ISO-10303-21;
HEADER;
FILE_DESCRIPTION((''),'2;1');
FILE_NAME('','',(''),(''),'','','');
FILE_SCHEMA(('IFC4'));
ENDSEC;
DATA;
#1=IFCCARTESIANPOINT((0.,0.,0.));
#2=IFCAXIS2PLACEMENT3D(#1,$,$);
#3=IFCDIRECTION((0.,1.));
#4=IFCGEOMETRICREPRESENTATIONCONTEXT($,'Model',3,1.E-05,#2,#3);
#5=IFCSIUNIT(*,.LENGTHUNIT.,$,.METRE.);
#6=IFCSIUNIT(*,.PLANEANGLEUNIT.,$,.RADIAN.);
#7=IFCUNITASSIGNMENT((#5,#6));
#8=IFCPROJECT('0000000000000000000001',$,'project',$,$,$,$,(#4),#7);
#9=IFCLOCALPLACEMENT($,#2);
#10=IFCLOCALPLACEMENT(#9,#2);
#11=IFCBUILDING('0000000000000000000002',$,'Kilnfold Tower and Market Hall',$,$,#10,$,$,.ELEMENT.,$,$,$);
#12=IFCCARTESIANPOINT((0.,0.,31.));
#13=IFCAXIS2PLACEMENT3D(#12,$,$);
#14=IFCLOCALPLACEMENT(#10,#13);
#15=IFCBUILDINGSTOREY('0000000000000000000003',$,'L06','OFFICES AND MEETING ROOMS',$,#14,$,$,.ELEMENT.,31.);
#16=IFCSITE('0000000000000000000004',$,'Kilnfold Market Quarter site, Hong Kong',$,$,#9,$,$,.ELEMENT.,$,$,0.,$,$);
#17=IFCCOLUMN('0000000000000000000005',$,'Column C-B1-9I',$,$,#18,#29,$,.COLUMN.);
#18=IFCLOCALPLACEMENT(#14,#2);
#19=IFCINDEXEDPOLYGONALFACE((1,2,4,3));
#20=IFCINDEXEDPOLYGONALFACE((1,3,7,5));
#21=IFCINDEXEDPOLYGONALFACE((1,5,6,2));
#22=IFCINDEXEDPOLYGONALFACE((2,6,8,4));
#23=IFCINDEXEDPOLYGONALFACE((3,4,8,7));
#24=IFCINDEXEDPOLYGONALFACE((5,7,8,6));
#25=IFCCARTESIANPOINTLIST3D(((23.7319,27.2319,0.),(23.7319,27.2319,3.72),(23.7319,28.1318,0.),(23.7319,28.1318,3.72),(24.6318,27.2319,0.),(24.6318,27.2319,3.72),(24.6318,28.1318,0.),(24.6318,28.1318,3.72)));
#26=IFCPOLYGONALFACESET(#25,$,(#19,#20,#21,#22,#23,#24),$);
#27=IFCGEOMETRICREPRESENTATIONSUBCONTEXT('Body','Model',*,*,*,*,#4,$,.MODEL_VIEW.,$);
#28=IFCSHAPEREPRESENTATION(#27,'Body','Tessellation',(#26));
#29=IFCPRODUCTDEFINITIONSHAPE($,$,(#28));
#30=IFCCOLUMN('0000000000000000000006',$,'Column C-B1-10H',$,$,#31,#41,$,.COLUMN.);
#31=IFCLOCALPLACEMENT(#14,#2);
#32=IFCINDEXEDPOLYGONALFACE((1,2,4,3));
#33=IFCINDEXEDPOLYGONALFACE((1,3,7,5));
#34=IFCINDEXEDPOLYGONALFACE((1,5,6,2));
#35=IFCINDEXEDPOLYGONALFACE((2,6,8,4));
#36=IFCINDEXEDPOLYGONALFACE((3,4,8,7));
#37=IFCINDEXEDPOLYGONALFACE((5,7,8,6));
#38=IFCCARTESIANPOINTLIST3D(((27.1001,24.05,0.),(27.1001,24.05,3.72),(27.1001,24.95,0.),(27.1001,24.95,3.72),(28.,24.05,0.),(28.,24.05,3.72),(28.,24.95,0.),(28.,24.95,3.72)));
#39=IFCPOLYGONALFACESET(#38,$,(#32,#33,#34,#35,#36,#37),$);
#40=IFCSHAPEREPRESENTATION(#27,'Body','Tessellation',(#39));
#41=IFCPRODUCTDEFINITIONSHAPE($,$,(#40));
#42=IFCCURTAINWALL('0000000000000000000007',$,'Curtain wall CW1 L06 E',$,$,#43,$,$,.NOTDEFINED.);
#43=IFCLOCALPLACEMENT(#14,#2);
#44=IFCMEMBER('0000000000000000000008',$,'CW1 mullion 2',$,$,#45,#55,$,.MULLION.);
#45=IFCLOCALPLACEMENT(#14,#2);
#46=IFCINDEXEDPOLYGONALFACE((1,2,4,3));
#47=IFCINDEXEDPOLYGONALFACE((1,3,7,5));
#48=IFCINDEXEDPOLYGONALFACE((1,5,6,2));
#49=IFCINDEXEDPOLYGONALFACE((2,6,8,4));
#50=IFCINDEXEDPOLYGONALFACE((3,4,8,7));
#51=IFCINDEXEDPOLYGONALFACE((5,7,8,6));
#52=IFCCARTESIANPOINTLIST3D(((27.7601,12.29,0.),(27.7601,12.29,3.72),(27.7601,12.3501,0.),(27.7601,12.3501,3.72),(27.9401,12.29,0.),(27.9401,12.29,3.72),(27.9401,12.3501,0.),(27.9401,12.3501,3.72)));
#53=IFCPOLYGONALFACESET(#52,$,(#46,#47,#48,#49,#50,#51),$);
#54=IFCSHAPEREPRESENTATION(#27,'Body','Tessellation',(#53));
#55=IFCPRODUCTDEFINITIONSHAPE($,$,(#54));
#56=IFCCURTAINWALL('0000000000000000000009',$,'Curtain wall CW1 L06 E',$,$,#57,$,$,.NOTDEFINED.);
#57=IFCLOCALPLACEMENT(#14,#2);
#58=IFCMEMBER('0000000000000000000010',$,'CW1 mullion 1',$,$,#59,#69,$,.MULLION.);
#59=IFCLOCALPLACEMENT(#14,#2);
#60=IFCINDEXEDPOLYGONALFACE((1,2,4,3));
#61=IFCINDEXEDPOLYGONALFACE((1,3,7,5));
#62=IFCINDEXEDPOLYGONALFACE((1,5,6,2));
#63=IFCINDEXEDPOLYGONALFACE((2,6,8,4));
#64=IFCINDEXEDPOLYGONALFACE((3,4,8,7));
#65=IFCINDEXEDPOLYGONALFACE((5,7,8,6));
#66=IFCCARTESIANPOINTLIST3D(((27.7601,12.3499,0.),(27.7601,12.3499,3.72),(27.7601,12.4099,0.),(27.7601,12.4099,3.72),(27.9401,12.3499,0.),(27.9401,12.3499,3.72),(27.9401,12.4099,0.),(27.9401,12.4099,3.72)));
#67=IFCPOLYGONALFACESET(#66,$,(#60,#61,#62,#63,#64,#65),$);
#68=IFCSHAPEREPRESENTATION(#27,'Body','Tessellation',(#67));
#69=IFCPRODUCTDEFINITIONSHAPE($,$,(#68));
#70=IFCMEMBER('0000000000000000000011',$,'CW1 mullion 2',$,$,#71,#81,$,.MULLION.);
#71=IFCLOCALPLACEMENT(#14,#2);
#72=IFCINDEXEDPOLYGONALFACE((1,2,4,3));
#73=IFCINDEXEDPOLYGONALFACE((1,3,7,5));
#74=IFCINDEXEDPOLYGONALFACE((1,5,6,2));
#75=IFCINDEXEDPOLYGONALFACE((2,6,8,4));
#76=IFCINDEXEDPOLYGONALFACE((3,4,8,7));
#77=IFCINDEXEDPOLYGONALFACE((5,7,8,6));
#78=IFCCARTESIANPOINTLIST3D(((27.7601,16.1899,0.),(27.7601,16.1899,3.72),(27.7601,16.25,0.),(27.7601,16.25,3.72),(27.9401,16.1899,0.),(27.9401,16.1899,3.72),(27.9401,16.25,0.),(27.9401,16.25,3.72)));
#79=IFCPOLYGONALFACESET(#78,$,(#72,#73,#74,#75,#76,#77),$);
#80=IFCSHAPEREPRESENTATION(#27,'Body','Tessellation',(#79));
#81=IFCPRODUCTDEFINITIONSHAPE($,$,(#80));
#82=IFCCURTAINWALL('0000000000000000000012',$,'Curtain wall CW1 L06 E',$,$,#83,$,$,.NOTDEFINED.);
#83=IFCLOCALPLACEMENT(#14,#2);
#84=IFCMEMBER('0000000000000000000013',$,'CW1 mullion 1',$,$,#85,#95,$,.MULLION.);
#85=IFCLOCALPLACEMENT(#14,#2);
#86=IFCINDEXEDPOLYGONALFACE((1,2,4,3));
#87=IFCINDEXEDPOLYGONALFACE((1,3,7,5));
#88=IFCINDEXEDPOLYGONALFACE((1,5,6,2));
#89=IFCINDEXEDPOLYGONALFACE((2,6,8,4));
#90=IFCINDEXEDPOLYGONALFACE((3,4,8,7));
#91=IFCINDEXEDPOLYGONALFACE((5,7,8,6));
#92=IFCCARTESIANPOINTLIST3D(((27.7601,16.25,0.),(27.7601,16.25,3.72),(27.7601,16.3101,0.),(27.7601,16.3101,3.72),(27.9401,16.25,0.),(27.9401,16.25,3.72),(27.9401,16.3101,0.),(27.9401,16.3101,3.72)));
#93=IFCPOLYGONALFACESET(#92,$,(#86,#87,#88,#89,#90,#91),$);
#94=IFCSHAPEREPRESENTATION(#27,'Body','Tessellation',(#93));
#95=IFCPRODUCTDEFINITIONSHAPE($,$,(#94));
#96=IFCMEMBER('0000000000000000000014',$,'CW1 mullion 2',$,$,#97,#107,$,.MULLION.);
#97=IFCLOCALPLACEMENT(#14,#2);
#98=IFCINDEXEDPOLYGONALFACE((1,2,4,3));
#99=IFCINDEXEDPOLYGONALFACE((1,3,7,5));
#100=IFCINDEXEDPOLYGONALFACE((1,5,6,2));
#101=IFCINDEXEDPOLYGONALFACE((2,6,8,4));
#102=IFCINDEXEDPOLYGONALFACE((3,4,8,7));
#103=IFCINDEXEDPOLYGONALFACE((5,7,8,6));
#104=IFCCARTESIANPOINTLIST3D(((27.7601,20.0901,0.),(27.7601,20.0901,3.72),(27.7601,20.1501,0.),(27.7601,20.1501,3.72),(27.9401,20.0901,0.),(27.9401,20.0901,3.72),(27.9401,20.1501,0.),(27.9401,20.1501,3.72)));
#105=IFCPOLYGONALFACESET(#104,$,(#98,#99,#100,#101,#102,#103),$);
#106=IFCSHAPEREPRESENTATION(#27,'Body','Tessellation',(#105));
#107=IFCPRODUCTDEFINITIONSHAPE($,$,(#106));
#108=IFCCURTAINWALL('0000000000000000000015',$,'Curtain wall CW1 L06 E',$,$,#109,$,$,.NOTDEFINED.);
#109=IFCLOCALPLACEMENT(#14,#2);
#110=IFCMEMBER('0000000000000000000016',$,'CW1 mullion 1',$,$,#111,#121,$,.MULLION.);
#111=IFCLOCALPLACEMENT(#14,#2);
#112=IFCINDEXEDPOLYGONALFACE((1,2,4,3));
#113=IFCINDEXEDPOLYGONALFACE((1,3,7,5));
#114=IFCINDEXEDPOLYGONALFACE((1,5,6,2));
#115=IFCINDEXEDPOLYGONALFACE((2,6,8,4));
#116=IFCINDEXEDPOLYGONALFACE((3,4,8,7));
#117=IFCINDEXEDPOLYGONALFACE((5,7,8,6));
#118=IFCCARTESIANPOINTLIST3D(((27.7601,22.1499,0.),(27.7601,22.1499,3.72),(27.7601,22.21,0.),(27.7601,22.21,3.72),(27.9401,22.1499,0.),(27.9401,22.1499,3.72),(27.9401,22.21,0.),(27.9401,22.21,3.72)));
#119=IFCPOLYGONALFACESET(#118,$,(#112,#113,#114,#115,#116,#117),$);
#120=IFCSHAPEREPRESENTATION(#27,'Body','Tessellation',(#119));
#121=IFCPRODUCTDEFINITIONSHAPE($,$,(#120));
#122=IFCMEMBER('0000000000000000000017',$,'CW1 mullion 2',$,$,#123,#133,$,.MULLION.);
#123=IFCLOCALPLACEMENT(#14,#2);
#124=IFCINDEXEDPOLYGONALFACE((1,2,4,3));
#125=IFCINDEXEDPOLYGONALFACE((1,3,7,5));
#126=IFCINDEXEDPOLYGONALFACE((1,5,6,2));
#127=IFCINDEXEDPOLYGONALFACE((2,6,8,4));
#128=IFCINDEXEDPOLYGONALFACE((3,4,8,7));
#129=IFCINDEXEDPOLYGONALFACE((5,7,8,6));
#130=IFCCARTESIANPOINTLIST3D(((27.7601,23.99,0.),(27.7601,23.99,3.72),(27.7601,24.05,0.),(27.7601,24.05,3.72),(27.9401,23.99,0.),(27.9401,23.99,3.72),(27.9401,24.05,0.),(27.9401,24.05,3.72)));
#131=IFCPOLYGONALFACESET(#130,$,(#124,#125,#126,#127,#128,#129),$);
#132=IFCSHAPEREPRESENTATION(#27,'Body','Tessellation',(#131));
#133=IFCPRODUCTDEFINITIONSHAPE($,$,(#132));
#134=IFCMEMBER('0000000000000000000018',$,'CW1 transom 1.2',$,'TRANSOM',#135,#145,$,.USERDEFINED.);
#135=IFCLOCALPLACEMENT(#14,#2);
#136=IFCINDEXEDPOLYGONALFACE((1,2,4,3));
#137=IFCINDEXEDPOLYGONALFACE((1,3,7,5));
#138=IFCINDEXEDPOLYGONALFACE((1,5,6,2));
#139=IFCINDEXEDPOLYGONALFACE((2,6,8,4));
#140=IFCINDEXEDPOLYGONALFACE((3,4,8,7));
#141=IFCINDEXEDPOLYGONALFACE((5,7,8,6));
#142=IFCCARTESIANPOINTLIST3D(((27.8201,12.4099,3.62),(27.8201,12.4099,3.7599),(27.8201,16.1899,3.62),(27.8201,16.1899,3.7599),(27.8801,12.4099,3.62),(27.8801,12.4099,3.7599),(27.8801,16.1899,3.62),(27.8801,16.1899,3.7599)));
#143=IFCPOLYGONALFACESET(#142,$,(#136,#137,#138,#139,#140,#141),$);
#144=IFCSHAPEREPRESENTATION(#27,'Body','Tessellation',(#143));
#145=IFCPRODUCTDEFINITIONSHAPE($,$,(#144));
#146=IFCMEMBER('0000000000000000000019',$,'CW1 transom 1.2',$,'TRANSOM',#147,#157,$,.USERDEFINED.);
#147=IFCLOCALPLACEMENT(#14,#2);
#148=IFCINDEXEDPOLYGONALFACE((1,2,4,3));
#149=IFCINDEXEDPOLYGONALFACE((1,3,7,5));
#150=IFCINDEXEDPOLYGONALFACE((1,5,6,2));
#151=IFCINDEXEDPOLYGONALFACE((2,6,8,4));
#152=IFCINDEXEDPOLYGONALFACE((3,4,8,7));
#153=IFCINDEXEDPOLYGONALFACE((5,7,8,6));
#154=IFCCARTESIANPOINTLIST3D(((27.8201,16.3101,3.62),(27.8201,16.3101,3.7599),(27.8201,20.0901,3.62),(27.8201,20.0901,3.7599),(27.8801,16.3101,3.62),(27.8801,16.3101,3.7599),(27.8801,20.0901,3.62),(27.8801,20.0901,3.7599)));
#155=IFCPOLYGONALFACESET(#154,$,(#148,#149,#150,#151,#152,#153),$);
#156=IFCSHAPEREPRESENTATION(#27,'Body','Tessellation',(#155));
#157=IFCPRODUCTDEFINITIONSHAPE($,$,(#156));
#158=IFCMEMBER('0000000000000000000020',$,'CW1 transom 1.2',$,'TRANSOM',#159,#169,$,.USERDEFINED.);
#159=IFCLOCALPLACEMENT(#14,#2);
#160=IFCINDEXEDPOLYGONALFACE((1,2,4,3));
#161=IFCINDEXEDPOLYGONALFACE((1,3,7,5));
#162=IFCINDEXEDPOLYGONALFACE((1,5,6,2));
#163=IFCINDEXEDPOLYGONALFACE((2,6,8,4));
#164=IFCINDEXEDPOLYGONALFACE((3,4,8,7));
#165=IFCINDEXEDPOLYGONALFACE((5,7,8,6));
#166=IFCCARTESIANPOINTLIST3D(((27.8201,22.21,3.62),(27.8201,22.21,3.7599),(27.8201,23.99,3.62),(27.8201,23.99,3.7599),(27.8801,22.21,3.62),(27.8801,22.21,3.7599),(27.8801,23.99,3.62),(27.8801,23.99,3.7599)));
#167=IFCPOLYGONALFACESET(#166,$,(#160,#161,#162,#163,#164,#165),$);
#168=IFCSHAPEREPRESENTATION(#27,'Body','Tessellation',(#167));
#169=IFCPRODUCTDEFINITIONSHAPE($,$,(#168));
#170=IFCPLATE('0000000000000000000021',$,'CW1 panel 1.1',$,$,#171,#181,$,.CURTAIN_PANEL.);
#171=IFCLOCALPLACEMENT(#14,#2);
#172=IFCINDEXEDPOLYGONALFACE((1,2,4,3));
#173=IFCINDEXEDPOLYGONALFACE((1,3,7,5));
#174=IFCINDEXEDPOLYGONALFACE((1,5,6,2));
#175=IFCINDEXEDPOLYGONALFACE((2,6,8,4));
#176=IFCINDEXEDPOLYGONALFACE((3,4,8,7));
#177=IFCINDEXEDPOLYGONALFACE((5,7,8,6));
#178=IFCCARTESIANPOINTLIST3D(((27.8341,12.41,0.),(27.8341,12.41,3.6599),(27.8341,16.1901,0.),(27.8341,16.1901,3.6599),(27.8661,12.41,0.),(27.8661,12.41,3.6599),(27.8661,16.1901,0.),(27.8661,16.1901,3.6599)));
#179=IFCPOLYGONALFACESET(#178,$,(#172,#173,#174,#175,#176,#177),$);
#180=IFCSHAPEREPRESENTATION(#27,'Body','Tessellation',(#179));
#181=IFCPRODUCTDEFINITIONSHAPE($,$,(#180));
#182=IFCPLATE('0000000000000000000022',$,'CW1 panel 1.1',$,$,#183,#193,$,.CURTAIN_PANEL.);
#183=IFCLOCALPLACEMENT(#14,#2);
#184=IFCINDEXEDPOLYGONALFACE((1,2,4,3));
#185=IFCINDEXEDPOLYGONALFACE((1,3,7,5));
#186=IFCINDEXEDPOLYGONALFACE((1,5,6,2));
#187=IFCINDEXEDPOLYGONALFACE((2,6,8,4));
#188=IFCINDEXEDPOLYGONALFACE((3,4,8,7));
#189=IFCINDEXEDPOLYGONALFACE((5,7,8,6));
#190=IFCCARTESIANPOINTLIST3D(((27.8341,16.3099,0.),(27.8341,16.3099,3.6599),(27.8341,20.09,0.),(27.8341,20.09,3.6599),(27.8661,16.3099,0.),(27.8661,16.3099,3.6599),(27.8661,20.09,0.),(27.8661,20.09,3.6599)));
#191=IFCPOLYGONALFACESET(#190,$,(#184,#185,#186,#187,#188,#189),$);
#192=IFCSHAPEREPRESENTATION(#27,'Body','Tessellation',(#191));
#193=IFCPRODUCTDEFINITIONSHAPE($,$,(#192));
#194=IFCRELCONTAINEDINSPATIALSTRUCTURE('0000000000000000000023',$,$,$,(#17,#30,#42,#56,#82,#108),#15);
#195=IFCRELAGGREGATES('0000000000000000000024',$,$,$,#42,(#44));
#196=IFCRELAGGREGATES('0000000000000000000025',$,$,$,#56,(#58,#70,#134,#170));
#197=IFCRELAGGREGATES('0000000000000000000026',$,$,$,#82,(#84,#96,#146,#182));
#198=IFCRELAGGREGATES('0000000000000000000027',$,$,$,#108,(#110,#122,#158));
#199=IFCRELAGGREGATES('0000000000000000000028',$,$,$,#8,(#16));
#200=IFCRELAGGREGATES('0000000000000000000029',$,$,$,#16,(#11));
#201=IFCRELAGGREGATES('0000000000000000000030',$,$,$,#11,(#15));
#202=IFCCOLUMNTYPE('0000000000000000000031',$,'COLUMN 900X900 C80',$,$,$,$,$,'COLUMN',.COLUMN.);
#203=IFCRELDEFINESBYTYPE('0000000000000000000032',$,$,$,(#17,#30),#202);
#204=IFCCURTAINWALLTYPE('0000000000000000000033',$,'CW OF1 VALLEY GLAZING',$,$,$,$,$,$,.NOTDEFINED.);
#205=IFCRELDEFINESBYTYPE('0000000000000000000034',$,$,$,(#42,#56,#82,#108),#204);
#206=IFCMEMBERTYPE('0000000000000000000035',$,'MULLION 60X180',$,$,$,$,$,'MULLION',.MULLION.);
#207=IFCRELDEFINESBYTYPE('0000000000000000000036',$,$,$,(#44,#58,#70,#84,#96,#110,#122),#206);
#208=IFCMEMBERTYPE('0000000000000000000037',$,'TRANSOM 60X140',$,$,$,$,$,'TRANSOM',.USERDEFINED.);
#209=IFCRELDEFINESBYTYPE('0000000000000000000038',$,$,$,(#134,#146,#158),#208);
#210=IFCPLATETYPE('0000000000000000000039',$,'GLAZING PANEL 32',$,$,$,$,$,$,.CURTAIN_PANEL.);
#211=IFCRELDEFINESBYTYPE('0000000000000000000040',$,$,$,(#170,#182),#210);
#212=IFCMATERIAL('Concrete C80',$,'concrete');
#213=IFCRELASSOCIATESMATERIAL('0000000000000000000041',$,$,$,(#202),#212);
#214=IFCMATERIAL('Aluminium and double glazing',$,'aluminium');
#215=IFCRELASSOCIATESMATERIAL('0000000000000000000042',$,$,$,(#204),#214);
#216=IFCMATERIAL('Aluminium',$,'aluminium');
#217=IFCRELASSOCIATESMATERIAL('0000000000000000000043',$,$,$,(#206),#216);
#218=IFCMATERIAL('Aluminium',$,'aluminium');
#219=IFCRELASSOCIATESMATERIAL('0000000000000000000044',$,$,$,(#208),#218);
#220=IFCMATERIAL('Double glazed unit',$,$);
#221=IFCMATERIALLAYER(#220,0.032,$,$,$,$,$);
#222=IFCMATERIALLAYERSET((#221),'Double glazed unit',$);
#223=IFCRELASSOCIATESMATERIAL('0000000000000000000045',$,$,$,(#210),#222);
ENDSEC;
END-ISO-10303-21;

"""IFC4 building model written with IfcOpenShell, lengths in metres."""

from ifc_helpers import new_model, si_unit, direction, frame, origin, origin_2d, place, context, subcontext, project, spatial, rectangle, extrude, source, transform, mapped, material, layer, layer_set, material_profile, profile_set, type_object, element, aggregate, save


model = new_model("IFC4")

# Units and contexts
model_context = context("Model", 3, precision=1e-05, world=origin(), true_north=direction((0.0, 1.0)))
body_context = subcontext(model_context, "Body", "Model", "MODEL_VIEW")
ifc_project = project(units=[si_unit("LENGTHUNIT", "METRE"), si_unit("PLANEANGLEUNIT", "RADIAN")], contexts=[model_context])

# Site, building, storey
site_placement = place(None, origin())
site = spatial("IfcSite", under=ifc_project, at=site_placement, Name="Kilnfold Market Quarter site, Hong Kong", CompositionType="ELEMENT", RefElevation=0.0)
building_placement = place(site_placement, origin())
building = spatial("IfcBuilding", under=site, at=building_placement, Name="Kilnfold Tower and Market Hall", CompositionType="ELEMENT")
storey_placement = place(building_placement, frame((0.0, 0.0, 31.0)))
storey = spatial("IfcBuildingStorey", under=building, at=storey_placement, Name="L06", Description="OFFICES AND MEETING ROOMS", CompositionType="ELEMENT", Elevation=31.0)

# Columns
ifc_material_1 = material(Name="Concrete C80", Category="concrete")
ifc_material_profile_1 = material_profile(ifc_material_1, rectangle(XDim=0.8999, YDim=0.8999, at=origin_2d()), Name="RC 900x900")
ifc_profile_set_1 = profile_set([ifc_material_profile_1], Name="Concrete C80")
column_type = type_object("IfcColumnType", Name="COLUMN 900X900 C80", ElementType="COLUMN", PredefinedType="COLUMN", material=ifc_profile_set_1)
shared_shape_1 = source(origin(), body_context, "Body", "SweptSolid", [
    extrude(rectangle(XDim=0.8999, YDim=0.8999, at=origin_2d()), origin(), (0.0, 0.0, 1.0), 3.72),
])
for number, where, z_axis, x_axis, name in (
    (1, (24.1819, 27.6819, 0.0), (0.0, 0.0, 1.0), (1.0, 0.0, 0.0), "Column C-B1-9I"),
    (2, (27.55, 24.5, 0.0), (0.0, 0.0, 1.0), (1.0, 0.0, 0.0), "Column C-B1-10H"),
):
    element("IfcColumn", number, at=place(storey_placement, frame(where, z_axis=z_axis, x_axis=x_axis)), inside=storey, type_object=column_type, Name=name, PredefinedType="COLUMN", context=body_context, shape_type="MappedRepresentation", body=[
        mapped(shared_shape_1, transform((0.0, 0.0, 0.0))),
    ])

# Curtain wall, member
ifc_material_2 = material(Name="Aluminium and double glazing", Category="aluminium")
curtain_wall_type = type_object("IfcCurtainWallType", Name="CW OF1 VALLEY GLAZING", PredefinedType="NOTDEFINED", material=ifc_material_2)
curtain_wall_1_placement = place(storey_placement, origin())
curtain_wall_1 = element("IfcCurtainWall", 3, at=curtain_wall_1_placement, inside=storey, type_object=curtain_wall_type, Name="Curtain wall CW1 L06 E", PredefinedType="NOTDEFINED")
ifc_material_3 = material(Name="Aluminium", Category="aluminium")
ifc_material_profile_2 = material_profile(ifc_material_3, rectangle(XDim=0.0601, YDim=0.1799, at=origin_2d()), Name="MULLION 60x180")
ifc_profile_set_2 = profile_set([ifc_material_profile_2], Name="Aluminium")
member_type_1 = type_object("IfcMemberType", Name="MULLION 60X180", ElementType="MULLION", PredefinedType="MULLION", material=ifc_profile_set_2)
shared_shape_2 = source(origin(), body_context, "Body", "SweptSolid", [
    extrude(rectangle(XDim=0.0601, YDim=0.1799, at=origin_2d()), origin(), (0.0, 0.0, 1.0), 3.72),
])
member_1_placement = place(storey_placement, frame((27.8501, 12.3201, 0.0), z_axis=(0.0, 0.0, 1.0), x_axis=(0.0, 1.0, 0.0)))
member_1 = element("IfcMember", 4, at=member_1_placement, type_object=member_type_1, Name="CW1 mullion 2", PredefinedType="MULLION", context=body_context, shape_type="MappedRepresentation", body=[
    mapped(shared_shape_2, transform((0.0, 0.0, 0.0))),
])
aggregate(curtain_wall_1, [member_1])

# Curtain walls, members
curtain_wall_2_placement = place(storey_placement, origin())
curtain_wall_2 = element("IfcCurtainWall", 5, at=curtain_wall_2_placement, inside=storey, type_object=curtain_wall_type, Name="Curtain wall CW1 L06 E", PredefinedType="NOTDEFINED")
member_2_placement = place(storey_placement, frame((27.8501, 12.3799, 0.0), z_axis=(0.0, 0.0, 1.0), x_axis=(0.0, 1.0, 0.0)))
member_2 = element("IfcMember", 6, at=member_2_placement, type_object=member_type_1, Name="CW1 mullion 1", PredefinedType="MULLION", context=body_context, shape_type="MappedRepresentation", body=[
    mapped(shared_shape_2, transform((0.0, 0.0, 0.0))),
])
member_3_placement = place(storey_placement, frame((27.8501, 16.22, 0.0), z_axis=(0.0, 0.0, 1.0), x_axis=(0.0, 1.0, 0.0)))
member_3 = element("IfcMember", 7, at=member_3_placement, type_object=member_type_1, Name="CW1 mullion 2", PredefinedType="MULLION", context=body_context, shape_type="MappedRepresentation", body=[
    mapped(shared_shape_2, transform((0.0, 0.0, 0.0))),
])
curtain_wall_3_placement = place(storey_placement, origin())
curtain_wall_3 = element("IfcCurtainWall", 8, at=curtain_wall_3_placement, inside=storey, type_object=curtain_wall_type, Name="Curtain wall CW1 L06 E", PredefinedType="NOTDEFINED")
member_4_placement = place(storey_placement, frame((27.8501, 16.28, 0.0), z_axis=(0.0, 0.0, 1.0), x_axis=(0.0, 1.0, 0.0)))
member_4 = element("IfcMember", 9, at=member_4_placement, type_object=member_type_1, Name="CW1 mullion 1", PredefinedType="MULLION", context=body_context, shape_type="MappedRepresentation", body=[
    mapped(shared_shape_2, transform((0.0, 0.0, 0.0))),
])
member_5_placement = place(storey_placement, frame((27.8501, 20.1201, 0.0), z_axis=(0.0, 0.0, 1.0), x_axis=(0.0, 1.0, 0.0)))
member_5 = element("IfcMember", 10, at=member_5_placement, type_object=member_type_1, Name="CW1 mullion 2", PredefinedType="MULLION", context=body_context, shape_type="MappedRepresentation", body=[
    mapped(shared_shape_2, transform((0.0, 0.0, 0.0))),
])
curtain_wall_4_placement = place(storey_placement, origin())
curtain_wall_4 = element("IfcCurtainWall", 11, at=curtain_wall_4_placement, inside=storey, type_object=curtain_wall_type, Name="Curtain wall CW1 L06 E", PredefinedType="NOTDEFINED")
member_6_placement = place(storey_placement, frame((27.8501, 22.1799, 0.0), z_axis=(0.0, 0.0, 1.0), x_axis=(0.0, 1.0, 0.0)))
member_6 = element("IfcMember", 12, at=member_6_placement, type_object=member_type_1, Name="CW1 mullion 1", PredefinedType="MULLION", context=body_context, shape_type="MappedRepresentation", body=[
    mapped(shared_shape_2, transform((0.0, 0.0, 0.0))),
])
member_7_placement = place(storey_placement, frame((27.8501, 24.02, 0.0), z_axis=(0.0, 0.0, 1.0), x_axis=(0.0, 1.0, 0.0)))
member_7 = element("IfcMember", 13, at=member_7_placement, type_object=member_type_1, Name="CW1 mullion 2", PredefinedType="MULLION", context=body_context, shape_type="MappedRepresentation", body=[
    mapped(shared_shape_2, transform((0.0, 0.0, 0.0))),
])

# Members
ifc_material_4 = material(Name="Aluminium", Category="aluminium")
ifc_material_profile_3 = material_profile(ifc_material_4, rectangle(XDim=0.0601, YDim=0.1399, at=origin_2d()), Name="TRANSOM 60x140")
ifc_profile_set_3 = profile_set([ifc_material_profile_3], Name="Aluminium")
member_type_2 = type_object("IfcMemberType", Name="TRANSOM 60X140", ElementType="TRANSOM", PredefinedType="USERDEFINED", material=ifc_profile_set_3)
shared_shape_3 = source(origin(), body_context, "Body", "SweptSolid", [
    extrude(rectangle(XDim=0.0601, YDim=0.1399, at=origin_2d()), origin(), (0.0, 0.0, 1.0), 3.78),
])
member_8_placement = place(storey_placement, frame((27.8501, 12.4099, 3.6899), z_axis=(0.0, 1.0, 0.0), x_axis=(-1.0, 0.0, 0.0)))
member_8 = element("IfcMember", 14, at=member_8_placement, type_object=member_type_2, Name="CW1 transom 1.2", ObjectType="TRANSOM", PredefinedType="USERDEFINED", context=body_context, shape_type="MappedRepresentation", body=[
    mapped(shared_shape_3, transform((0.0, 0.0, 0.0))),
])
member_9_placement = place(storey_placement, frame((27.8501, 16.3101, 3.6899), z_axis=(0.0, 1.0, 0.0), x_axis=(-1.0, 0.0, 0.0)))
member_9 = element("IfcMember", 15, at=member_9_placement, type_object=member_type_2, Name="CW1 transom 1.2", ObjectType="TRANSOM", PredefinedType="USERDEFINED", context=body_context, shape_type="MappedRepresentation", body=[
    mapped(shared_shape_3, transform((0.0, 0.0, 0.0))),
])
shared_shape_4 = source(origin(), body_context, "Body", "SweptSolid", [
    extrude(rectangle(XDim=0.0601, YDim=0.1399, at=origin_2d()), origin(), (0.0, 0.0, 1.0), 1.78),
])
member_10_placement = place(storey_placement, frame((27.8501, 22.21, 3.6899), z_axis=(0.0, 1.0, 0.0), x_axis=(-1.0, 0.0, 0.0)))
member_10 = element("IfcMember", 16, at=member_10_placement, type_object=member_type_2, Name="CW1 transom 1.2", ObjectType="TRANSOM", PredefinedType="USERDEFINED", context=body_context, shape_type="MappedRepresentation", body=[
    mapped(shared_shape_4, transform((0.0, 0.0, 0.0))),
])

# Plates
ifc_material_5 = material(Name="Double glazed unit")
ifc_layer_1 = layer(ifc_material_5, 0.032)
ifc_layer_set_1 = layer_set([ifc_layer_1], Name="Double glazed unit")
plate_type = type_object("IfcPlateType", Name="GLAZING PANEL 32", PredefinedType="CURTAIN_PANEL", material=ifc_layer_set_1)
shared_shape_5 = source(origin(), body_context, "Body", "SweptSolid", [
    extrude(rectangle(XDim=3.78, YDim=0.032, at=origin_2d()), origin(), (0.0, 0.0, 1.0), 3.6599),
])
plate_1_placement = place(storey_placement, frame((27.8501, 14.3, 0.0), z_axis=(0.0, 0.0, 1.0), x_axis=(0.0, 1.0, 0.0)))
plate_1 = element("IfcPlate", 17, at=plate_1_placement, type_object=plate_type, Name="CW1 panel 1.1", PredefinedType="CURTAIN_PANEL", context=body_context, shape_type="MappedRepresentation", body=[
    mapped(shared_shape_5, transform((0.0, 0.0, 0.0))),
])
aggregate(curtain_wall_2, [member_2, member_3, member_8, plate_1])
plate_2_placement = place(storey_placement, frame((27.8501, 18.2, 0.0), z_axis=(0.0, 0.0, 1.0), x_axis=(0.0, 1.0, 0.0)))
plate_2 = element("IfcPlate", 18, at=plate_2_placement, type_object=plate_type, Name="CW1 panel 1.1", PredefinedType="CURTAIN_PANEL", context=body_context, shape_type="MappedRepresentation", body=[
    mapped(shared_shape_5, transform((0.0, 0.0, 0.0))),
])
aggregate(curtain_wall_3, [member_4, member_5, member_9, plate_2])
aggregate(curtain_wall_4, [member_6, member_7, member_10])

save(model, "model.ifc")
